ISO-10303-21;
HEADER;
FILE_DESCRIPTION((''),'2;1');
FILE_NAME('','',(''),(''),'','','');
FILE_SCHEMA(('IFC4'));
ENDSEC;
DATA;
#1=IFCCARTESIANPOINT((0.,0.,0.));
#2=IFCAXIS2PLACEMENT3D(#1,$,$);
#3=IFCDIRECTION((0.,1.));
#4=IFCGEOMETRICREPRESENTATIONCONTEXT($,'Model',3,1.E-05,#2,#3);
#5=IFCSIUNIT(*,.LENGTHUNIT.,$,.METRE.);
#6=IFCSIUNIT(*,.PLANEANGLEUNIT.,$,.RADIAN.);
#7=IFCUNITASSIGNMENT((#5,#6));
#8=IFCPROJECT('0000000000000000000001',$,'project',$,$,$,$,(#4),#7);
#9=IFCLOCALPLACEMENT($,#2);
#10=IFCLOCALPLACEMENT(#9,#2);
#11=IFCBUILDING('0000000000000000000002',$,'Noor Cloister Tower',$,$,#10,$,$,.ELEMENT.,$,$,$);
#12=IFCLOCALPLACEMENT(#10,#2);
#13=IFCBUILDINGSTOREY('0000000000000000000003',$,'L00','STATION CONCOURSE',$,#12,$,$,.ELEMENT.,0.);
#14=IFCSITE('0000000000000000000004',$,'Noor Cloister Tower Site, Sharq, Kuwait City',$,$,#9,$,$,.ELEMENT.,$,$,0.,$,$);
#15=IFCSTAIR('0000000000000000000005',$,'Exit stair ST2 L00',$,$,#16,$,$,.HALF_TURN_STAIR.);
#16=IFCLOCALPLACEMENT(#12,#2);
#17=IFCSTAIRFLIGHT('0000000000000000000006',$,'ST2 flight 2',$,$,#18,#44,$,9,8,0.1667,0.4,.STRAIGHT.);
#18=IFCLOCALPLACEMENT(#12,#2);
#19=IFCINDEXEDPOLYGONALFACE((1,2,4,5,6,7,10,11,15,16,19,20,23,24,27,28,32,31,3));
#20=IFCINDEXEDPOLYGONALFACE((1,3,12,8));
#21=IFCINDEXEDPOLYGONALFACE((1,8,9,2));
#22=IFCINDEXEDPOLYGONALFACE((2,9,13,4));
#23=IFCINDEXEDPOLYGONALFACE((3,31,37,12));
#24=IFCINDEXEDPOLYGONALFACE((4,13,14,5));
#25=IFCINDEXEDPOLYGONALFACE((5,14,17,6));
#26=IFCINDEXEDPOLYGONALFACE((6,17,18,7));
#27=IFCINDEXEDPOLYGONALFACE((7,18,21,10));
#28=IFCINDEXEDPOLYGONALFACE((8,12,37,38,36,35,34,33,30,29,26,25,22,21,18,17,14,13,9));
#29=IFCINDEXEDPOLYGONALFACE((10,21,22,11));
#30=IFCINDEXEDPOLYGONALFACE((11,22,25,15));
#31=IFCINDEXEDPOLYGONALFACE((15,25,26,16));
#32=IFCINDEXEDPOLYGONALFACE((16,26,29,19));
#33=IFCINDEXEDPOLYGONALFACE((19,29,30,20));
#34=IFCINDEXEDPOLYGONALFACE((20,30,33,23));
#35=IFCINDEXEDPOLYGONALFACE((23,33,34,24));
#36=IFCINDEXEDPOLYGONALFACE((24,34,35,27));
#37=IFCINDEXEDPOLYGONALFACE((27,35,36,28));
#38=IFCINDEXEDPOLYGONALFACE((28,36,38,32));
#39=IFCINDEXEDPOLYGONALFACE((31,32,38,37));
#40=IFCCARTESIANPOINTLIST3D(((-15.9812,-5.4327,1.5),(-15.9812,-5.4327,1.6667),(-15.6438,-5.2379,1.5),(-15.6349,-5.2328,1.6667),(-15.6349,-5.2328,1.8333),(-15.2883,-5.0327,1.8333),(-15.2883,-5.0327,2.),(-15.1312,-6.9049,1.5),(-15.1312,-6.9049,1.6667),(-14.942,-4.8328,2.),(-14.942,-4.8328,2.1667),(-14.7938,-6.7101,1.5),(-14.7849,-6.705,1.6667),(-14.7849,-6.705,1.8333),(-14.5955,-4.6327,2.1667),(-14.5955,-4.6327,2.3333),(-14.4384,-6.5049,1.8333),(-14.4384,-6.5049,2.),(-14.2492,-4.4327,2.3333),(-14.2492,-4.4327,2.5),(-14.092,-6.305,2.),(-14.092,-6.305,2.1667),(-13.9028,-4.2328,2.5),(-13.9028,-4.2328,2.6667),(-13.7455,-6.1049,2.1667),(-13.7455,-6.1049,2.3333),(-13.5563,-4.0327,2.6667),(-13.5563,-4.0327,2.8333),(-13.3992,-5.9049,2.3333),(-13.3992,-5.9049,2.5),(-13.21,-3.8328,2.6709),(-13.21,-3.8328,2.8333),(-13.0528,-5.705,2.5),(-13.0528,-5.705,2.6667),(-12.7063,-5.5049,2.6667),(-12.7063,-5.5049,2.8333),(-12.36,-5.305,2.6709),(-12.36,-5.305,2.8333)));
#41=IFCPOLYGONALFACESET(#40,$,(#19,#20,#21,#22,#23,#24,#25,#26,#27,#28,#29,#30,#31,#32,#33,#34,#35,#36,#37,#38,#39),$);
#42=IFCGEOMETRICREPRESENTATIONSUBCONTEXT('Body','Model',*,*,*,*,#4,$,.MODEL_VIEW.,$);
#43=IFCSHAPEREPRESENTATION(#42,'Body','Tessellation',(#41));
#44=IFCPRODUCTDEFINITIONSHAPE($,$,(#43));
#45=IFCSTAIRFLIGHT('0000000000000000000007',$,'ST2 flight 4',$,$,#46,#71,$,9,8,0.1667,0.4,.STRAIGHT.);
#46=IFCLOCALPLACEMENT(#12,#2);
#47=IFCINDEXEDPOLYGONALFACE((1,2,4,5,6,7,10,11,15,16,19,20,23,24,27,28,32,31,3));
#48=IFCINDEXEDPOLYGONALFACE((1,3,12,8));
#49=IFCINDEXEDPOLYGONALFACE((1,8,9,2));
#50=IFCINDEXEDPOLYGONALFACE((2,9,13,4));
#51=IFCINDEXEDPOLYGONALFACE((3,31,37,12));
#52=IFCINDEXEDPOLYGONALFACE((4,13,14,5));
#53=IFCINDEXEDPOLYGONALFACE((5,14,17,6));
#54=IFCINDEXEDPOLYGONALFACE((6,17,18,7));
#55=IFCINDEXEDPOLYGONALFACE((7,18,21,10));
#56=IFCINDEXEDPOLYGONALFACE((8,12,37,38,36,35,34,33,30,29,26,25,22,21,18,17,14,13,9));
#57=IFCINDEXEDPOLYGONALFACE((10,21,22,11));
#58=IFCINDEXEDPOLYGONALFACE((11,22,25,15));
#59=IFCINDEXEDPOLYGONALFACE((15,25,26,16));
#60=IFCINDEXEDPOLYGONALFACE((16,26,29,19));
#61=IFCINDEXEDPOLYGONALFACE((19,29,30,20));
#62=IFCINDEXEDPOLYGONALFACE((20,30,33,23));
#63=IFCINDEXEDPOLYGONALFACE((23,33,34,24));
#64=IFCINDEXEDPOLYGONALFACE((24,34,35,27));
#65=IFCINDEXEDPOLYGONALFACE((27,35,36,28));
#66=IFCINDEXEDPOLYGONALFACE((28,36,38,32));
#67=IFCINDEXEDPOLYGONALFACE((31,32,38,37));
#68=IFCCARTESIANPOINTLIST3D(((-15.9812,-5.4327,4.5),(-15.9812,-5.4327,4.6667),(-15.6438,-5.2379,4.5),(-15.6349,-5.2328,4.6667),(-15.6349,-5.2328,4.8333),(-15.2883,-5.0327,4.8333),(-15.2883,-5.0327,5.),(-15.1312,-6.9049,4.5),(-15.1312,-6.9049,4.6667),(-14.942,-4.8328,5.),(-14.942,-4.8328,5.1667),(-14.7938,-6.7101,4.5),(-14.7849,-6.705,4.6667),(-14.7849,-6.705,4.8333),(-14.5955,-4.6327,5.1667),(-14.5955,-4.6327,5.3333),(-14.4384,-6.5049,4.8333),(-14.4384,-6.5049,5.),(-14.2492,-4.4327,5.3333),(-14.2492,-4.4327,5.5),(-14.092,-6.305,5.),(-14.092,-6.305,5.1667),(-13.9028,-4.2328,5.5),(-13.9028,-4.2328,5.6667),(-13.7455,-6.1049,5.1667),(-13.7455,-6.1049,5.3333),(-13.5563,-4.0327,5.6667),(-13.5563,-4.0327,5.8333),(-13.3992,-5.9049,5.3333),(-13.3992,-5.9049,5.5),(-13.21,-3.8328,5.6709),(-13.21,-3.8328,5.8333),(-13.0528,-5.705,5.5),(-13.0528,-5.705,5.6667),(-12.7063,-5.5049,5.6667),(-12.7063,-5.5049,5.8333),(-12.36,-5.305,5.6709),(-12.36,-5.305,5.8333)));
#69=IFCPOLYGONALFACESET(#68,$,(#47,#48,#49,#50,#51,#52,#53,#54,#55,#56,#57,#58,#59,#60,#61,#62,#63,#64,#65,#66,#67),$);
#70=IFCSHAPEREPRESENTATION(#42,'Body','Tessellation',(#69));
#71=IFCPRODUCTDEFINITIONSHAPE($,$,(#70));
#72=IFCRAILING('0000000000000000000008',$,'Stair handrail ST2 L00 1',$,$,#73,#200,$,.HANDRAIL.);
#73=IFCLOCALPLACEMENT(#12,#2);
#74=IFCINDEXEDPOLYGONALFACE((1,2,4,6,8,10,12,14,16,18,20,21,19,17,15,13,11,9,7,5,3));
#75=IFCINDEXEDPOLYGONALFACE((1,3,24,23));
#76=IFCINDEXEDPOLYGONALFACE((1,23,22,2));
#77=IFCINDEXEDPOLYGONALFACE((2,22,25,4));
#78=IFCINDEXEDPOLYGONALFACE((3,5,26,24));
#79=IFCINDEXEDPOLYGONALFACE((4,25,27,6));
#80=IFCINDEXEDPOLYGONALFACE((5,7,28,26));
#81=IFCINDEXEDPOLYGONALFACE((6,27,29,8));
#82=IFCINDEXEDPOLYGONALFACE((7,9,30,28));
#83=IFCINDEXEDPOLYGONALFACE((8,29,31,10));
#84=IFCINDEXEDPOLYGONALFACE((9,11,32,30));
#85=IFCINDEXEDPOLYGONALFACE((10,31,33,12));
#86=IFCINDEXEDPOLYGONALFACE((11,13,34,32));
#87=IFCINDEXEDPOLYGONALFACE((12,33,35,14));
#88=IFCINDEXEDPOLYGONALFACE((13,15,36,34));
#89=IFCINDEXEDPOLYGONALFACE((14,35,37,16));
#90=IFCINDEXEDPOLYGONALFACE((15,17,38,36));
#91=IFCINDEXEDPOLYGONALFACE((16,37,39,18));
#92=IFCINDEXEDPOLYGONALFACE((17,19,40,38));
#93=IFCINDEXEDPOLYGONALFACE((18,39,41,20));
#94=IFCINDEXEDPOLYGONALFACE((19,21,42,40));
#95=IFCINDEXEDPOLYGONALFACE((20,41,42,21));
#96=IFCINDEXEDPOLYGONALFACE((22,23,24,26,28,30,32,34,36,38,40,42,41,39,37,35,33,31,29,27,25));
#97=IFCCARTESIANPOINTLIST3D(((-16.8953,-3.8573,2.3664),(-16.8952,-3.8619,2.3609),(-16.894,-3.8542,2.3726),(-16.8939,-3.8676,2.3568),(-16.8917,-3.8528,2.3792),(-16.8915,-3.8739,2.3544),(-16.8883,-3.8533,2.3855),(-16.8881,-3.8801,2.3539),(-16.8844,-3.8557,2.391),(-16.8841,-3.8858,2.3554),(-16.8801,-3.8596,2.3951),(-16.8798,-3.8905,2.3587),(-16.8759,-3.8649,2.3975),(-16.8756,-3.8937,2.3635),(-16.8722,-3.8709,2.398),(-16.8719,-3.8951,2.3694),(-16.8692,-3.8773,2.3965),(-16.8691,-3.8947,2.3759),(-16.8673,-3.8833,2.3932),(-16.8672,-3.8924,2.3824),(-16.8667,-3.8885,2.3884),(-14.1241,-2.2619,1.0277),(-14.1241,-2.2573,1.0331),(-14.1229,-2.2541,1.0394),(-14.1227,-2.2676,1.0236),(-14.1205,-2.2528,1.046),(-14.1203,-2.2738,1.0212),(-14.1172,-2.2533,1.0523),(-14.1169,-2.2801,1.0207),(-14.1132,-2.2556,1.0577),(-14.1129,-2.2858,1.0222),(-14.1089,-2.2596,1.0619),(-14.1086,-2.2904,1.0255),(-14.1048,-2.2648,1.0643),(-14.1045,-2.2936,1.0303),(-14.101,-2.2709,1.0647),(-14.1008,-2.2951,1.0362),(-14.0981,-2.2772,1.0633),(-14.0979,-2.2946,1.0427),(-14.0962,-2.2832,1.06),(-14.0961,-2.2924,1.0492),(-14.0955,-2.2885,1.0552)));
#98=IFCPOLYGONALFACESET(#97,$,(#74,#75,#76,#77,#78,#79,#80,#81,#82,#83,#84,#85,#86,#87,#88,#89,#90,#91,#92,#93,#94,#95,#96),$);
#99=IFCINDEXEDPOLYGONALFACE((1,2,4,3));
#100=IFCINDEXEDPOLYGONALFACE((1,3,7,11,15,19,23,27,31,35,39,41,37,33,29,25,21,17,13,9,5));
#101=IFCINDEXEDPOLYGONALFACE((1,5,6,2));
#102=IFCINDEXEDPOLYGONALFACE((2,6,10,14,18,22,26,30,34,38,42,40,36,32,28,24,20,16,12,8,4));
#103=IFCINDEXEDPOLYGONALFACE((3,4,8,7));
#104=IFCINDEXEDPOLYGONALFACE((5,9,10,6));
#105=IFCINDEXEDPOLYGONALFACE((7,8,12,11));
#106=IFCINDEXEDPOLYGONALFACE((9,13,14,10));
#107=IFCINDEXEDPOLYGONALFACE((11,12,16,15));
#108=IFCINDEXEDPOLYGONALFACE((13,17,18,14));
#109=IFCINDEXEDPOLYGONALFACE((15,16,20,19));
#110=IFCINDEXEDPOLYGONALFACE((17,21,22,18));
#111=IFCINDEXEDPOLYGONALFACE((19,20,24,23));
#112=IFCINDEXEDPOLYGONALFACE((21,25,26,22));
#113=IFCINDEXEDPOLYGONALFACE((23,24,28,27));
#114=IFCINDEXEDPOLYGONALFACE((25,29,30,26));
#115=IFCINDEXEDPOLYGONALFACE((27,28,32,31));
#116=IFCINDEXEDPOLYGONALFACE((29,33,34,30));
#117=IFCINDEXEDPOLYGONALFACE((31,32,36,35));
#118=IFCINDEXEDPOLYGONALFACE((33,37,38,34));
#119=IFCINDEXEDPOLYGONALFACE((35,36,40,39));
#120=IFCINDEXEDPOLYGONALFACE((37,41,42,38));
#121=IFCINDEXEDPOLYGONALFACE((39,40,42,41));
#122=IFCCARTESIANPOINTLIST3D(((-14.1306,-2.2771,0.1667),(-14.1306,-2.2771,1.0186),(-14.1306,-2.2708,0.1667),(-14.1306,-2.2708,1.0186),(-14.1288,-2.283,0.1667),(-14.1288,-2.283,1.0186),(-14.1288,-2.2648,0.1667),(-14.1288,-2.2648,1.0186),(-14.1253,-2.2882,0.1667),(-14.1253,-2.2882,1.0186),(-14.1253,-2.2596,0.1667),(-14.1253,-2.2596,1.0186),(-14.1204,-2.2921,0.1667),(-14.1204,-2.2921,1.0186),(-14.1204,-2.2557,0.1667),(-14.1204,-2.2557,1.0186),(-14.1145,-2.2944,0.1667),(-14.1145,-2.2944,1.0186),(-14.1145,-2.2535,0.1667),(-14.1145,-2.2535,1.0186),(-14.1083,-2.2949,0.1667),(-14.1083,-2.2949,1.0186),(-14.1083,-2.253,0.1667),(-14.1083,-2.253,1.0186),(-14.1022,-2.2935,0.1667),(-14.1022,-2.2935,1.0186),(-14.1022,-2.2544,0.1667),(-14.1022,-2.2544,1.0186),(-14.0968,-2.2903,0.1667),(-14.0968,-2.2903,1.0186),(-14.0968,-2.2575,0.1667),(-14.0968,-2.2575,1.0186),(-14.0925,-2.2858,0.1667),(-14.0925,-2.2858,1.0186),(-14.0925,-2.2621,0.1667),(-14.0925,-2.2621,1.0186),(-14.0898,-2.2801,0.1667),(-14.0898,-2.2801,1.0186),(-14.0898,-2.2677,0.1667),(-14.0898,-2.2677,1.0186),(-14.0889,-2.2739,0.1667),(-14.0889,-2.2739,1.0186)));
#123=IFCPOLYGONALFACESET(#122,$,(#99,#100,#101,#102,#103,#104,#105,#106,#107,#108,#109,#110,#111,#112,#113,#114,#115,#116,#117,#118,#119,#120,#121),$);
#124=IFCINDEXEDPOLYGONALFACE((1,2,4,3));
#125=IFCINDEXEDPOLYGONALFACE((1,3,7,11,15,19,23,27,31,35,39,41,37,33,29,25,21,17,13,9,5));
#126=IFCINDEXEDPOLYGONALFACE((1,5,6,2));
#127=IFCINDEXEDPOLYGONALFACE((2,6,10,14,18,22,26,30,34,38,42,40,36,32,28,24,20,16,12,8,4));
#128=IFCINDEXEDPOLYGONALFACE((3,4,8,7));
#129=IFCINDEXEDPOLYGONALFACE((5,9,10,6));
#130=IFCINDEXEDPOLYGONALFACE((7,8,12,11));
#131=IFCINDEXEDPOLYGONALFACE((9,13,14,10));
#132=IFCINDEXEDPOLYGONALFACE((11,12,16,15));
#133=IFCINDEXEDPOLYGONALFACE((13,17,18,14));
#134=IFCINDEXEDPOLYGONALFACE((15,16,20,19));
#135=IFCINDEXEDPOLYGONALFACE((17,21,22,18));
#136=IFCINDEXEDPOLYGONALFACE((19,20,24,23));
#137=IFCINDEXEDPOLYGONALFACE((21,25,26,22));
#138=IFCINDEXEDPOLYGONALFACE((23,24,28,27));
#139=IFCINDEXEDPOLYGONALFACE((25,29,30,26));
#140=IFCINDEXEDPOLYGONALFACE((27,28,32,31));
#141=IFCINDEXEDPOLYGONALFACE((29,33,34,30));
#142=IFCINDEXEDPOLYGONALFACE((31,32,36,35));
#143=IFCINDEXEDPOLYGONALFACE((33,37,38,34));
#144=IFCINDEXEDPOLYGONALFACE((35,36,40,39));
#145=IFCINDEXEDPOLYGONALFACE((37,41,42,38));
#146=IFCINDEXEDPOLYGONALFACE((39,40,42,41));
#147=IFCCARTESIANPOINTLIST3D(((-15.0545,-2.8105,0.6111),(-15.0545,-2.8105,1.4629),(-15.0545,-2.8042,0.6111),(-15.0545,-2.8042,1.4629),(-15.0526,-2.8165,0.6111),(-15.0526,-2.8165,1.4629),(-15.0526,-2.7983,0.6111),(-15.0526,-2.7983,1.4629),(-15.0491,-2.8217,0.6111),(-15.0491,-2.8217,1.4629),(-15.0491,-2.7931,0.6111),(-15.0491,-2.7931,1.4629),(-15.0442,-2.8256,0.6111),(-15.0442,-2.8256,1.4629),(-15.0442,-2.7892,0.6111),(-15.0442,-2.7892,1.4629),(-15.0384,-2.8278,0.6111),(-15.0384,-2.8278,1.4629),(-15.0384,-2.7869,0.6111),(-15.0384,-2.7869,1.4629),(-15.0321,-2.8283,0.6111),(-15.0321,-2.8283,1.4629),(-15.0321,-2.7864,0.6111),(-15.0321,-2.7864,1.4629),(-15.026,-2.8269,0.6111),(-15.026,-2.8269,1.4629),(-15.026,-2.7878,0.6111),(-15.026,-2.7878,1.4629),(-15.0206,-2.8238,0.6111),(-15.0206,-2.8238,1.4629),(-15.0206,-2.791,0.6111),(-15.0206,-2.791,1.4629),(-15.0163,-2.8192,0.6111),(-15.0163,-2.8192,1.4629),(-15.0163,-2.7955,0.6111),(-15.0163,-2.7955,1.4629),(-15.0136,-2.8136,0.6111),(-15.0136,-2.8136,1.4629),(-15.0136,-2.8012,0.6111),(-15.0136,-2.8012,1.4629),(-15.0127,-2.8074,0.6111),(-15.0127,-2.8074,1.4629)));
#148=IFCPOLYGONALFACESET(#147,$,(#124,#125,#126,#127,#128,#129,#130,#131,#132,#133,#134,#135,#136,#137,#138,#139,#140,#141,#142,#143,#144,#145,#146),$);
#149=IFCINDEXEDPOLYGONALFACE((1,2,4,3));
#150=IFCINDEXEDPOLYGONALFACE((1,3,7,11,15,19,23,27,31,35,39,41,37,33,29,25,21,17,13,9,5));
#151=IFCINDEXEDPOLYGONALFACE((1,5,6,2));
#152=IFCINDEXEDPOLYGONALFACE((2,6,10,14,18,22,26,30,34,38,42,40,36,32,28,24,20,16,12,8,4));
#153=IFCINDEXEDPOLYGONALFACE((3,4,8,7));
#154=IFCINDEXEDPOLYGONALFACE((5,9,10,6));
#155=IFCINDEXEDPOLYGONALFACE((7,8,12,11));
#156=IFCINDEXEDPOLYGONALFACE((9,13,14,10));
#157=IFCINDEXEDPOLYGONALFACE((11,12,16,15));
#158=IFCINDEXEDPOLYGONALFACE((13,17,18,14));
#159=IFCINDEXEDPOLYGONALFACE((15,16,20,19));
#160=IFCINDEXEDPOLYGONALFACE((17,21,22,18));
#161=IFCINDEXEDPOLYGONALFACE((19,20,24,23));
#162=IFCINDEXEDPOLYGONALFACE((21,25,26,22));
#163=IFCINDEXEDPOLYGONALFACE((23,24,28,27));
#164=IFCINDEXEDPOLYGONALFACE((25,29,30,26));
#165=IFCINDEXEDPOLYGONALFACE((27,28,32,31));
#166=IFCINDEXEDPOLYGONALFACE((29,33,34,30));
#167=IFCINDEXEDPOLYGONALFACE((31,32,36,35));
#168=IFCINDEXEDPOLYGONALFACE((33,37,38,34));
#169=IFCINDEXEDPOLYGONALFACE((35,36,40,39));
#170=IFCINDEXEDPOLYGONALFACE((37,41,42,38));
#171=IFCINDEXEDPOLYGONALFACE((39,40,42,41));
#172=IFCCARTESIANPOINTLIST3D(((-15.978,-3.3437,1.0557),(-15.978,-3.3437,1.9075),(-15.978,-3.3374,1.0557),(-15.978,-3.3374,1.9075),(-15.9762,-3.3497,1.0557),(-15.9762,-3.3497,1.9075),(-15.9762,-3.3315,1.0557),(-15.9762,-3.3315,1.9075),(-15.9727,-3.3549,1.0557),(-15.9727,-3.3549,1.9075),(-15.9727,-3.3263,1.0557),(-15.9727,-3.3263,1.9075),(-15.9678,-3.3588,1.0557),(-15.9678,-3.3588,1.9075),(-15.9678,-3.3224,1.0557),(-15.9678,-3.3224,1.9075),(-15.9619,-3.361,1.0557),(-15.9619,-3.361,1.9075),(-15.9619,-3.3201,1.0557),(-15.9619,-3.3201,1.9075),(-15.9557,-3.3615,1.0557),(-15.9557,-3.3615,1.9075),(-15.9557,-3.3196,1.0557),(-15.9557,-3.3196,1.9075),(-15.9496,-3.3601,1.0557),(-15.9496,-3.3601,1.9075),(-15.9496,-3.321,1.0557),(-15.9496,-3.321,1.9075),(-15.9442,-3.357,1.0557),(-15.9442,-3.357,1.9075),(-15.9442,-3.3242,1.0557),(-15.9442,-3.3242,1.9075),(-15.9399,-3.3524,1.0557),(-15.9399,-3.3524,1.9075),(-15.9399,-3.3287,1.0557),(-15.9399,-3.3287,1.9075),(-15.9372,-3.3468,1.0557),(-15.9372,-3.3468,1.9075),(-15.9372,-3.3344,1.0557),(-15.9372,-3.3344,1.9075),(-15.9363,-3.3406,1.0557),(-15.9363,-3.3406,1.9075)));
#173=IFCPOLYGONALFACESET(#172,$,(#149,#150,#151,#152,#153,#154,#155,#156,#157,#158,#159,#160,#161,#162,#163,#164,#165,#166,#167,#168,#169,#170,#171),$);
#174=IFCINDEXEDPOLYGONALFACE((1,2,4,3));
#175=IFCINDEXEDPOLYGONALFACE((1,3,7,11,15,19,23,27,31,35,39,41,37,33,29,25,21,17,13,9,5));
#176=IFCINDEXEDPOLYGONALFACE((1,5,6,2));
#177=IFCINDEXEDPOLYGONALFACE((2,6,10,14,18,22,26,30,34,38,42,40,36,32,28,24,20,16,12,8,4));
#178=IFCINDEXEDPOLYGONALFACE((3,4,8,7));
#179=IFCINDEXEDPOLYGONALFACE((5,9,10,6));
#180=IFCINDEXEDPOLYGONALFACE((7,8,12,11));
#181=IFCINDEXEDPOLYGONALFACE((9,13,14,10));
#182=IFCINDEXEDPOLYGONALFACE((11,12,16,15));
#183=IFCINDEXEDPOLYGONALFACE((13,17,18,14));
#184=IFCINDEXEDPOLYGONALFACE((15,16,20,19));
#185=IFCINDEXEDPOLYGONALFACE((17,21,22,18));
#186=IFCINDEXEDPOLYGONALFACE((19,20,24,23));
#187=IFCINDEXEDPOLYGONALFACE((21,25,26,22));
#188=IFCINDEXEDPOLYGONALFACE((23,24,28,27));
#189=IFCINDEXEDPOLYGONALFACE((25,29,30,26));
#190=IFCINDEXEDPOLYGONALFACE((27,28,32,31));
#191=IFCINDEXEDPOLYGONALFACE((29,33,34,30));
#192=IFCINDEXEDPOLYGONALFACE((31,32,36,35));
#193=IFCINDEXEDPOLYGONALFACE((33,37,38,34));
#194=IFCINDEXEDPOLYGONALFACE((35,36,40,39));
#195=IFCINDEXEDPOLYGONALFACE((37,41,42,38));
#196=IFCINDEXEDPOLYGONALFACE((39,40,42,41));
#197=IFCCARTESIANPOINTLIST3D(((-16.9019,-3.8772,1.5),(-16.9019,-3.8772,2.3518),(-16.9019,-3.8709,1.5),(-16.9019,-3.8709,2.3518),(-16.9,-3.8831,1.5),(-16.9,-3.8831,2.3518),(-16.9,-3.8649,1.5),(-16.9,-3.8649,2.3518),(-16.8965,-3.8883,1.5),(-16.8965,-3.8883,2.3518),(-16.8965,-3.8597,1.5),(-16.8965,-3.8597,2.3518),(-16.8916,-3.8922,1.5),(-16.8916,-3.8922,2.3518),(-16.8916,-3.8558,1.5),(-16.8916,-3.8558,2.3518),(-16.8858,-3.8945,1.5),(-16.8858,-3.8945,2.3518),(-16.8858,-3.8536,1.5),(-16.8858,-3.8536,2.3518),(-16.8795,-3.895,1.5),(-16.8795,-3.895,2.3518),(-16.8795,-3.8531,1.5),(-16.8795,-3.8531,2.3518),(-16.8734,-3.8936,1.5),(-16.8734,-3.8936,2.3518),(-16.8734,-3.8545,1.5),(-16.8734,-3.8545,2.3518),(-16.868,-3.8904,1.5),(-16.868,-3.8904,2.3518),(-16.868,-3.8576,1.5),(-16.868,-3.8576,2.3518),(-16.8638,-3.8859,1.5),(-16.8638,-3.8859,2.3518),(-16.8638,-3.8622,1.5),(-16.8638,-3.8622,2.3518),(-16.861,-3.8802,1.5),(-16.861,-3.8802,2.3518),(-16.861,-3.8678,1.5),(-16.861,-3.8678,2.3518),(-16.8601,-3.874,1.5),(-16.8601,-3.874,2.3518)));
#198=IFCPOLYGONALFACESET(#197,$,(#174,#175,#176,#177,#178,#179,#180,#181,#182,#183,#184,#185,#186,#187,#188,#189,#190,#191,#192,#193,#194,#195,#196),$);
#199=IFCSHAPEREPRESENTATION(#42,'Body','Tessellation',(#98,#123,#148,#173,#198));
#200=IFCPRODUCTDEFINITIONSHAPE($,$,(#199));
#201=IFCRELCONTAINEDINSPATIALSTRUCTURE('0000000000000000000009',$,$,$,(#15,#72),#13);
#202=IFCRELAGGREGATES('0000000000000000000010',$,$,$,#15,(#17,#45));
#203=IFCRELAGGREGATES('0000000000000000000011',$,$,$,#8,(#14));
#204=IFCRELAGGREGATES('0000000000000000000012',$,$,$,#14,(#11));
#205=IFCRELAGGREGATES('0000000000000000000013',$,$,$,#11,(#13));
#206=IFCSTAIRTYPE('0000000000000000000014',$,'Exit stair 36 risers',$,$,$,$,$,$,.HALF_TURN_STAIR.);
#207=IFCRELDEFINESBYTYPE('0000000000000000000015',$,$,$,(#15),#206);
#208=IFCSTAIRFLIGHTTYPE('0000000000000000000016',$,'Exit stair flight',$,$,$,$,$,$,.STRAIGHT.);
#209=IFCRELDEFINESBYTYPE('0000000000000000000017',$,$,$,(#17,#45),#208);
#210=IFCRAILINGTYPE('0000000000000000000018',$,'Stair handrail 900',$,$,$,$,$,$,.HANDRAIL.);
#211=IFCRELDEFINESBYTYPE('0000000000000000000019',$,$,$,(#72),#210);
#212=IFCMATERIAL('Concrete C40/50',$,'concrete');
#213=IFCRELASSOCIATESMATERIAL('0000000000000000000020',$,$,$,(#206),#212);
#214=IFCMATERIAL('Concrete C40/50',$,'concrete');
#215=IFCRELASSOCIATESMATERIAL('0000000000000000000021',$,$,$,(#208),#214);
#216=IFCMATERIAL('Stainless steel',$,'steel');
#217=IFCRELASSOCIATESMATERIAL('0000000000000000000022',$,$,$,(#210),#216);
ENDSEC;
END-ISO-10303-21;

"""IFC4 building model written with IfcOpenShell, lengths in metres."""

from ifc_helpers import new_model, si_unit, direction, frame, origin, origin_2d, place, context, subcontext, project, spatial, polyline, circle, outline, extrude, material, type_object, element, aggregate, save


model = new_model("IFC4")

# Units and contexts
model_context = context("Model", 3, precision=1e-05, world=origin(), true_north=direction((0.0, 1.0)))
body_context = subcontext(model_context, "Body", "Model", "MODEL_VIEW")
ifc_project = project(units=[si_unit("LENGTHUNIT", "METRE"), si_unit("PLANEANGLEUNIT", "RADIAN")], contexts=[model_context])

# Site, building, storey
site_placement = place(None, origin())
site = spatial("IfcSite", under=ifc_project, at=site_placement, Name="Noor Cloister Tower Site, Sharq, Kuwait City", CompositionType="ELEMENT", RefElevation=0.0)
building_placement = place(site_placement, origin())
building = spatial("IfcBuilding", under=site, at=building_placement, Name="Noor Cloister Tower", CompositionType="ELEMENT")
storey_placement = place(building_placement, origin())
storey = spatial("IfcBuildingStorey", under=building, at=storey_placement, Name="L00", Description="STATION CONCOURSE", CompositionType="ELEMENT", Elevation=0.0)

# Stair, stair flights
ifc_material_1 = material(Name="Concrete C40/50", Category="concrete")
stair_type = type_object("IfcStairType", Name="Exit stair 36 risers", PredefinedType="HALF_TURN_STAIR", material=ifc_material_1)
stair_placement = place(storey_placement, origin())
stair = element("IfcStair", 1, at=stair_placement, inside=storey, type_object=stair_type, Name="Exit stair ST2 L00", PredefinedType="HALF_TURN_STAIR")
ifc_material_2 = material(Name="Concrete C40/50", Category="concrete")
stair_flight_type = type_object("IfcStairFlightType", Name="Exit stair flight", PredefinedType="STRAIGHT", material=ifc_material_2)
stair_flight_1_placement = place(storey_placement, frame((-15.5562, -6.1689, 1.5), z_axis=(0.0, 0.0, 1.0), x_axis=(0.866025, 0.5, 0.0)))
stair_flight_1 = element("IfcStairFlight", 2, at=stair_flight_1_placement, type_object=stair_flight_type, Name="ST2 flight 2", NumberOfRisers=9, NumberOfTreads=8, PredefinedType="STRAIGHT", RiserHeight=0.1667, TreadLength=0.4, context=body_context, shape_type="SweptSolid", body=[
    extrude(outline(polyline([(0.0, 0.0), (0.0, 0.1667), (0.3999, 0.1667), (0.3999, 0.3333), (0.8, 0.3333), (0.8, 0.5), (1.2, 0.5), (1.2, 0.6667), (1.6001, 0.6667), (1.6001, 0.8333), (2.0, 0.8333), (2.0, 1.0), (2.3999, 1.0), (2.3999, 1.1667), (2.8, 1.1667), (2.8, 1.3333), (3.2, 1.3333), (3.2, 1.5), (3.2, 1.1709), (0.3896, 0.0), (0.0, 0.0)])), frame((0.0, 0.8501, 0.0), z_axis=(0.0, -1.0, 0.0), x_axis=(1.0, 0.0, 0.0)), (0.0, 0.0, 1.0), 1.7),
])
stair_flight_2_placement = place(storey_placement, frame((-15.5562, -6.1689, 4.5), z_axis=(0.0, 0.0, 1.0), x_axis=(0.866025, 0.5, 0.0)))
stair_flight_2 = element("IfcStairFlight", 3, at=stair_flight_2_placement, type_object=stair_flight_type, Name="ST2 flight 4", NumberOfRisers=9, NumberOfTreads=8, PredefinedType="STRAIGHT", RiserHeight=0.1667, TreadLength=0.4, context=body_context, shape_type="SweptSolid", body=[
    extrude(outline(polyline([(0.0, 0.0), (0.0, 0.1667), (0.3999, 0.1667), (0.3999, 0.3333), (0.8, 0.3333), (0.8, 0.5), (1.2, 0.5), (1.2, 0.6667), (1.6001, 0.6667), (1.6001, 0.8333), (2.0, 0.8333), (2.0, 1.0), (2.3999, 1.0), (2.3999, 1.1667), (2.8, 1.1667), (2.8, 1.3333), (3.2, 1.3333), (3.2, 1.5), (3.2, 1.1709), (0.3896, 0.0), (0.0, 0.0)])), frame((0.0, 0.8501, 0.0), z_axis=(0.0, -1.0, 0.0), x_axis=(1.0, 0.0, 0.0)), (0.0, 0.0, 1.0), 1.7),
])
aggregate(stair, [stair_flight_1, stair_flight_2])

# Railing
ifc_material_3 = material(Name="Stainless steel", Category="steel")
railing_type = type_object("IfcRailingType", Name="Stair handrail 900", PredefinedType="HANDRAIL", material=ifc_material_3)
railing_1_placement = place(storey_placement, frame((-14.1099, -2.2739, 0.1667)))
element("IfcRailing", 4, at=railing_1_placement, inside=storey, type_object=railing_type, Name="Stair handrail ST2 L00 1", PredefinedType="HANDRAIL", context=body_context, shape_type="SweptSolid", body=[
    extrude(circle(Radius=0.0239, at=origin_2d()), frame((0.0, 0.0, 0.876), z_axis=(-0.799401, -0.461569, 0.384594), x_axis=(0.500028, -0.866009, 0.0)), (0.0, 0.0, 1.0), 3.4666),
    extrude(circle(Radius=0.021, at=origin_2d()), origin(), (0.0, 0.0, 1.0), 0.8518),
    extrude(circle(Radius=0.021, at=origin_2d()), frame((-0.9238, -0.5334, 0.4443)), (0.0, 0.0, 1.0), 0.8518),
    extrude(circle(Radius=0.021, at=origin_2d()), frame((-1.8474, -1.0667, 0.8889)), (0.0, 0.0, 1.0), 0.8518),
    extrude(circle(Radius=0.021, at=origin_2d()), frame((-2.7712, -1.6001, 1.3333)), (0.0, 0.0, 1.0), 0.8518),
])

save(model, "model.ifc")
